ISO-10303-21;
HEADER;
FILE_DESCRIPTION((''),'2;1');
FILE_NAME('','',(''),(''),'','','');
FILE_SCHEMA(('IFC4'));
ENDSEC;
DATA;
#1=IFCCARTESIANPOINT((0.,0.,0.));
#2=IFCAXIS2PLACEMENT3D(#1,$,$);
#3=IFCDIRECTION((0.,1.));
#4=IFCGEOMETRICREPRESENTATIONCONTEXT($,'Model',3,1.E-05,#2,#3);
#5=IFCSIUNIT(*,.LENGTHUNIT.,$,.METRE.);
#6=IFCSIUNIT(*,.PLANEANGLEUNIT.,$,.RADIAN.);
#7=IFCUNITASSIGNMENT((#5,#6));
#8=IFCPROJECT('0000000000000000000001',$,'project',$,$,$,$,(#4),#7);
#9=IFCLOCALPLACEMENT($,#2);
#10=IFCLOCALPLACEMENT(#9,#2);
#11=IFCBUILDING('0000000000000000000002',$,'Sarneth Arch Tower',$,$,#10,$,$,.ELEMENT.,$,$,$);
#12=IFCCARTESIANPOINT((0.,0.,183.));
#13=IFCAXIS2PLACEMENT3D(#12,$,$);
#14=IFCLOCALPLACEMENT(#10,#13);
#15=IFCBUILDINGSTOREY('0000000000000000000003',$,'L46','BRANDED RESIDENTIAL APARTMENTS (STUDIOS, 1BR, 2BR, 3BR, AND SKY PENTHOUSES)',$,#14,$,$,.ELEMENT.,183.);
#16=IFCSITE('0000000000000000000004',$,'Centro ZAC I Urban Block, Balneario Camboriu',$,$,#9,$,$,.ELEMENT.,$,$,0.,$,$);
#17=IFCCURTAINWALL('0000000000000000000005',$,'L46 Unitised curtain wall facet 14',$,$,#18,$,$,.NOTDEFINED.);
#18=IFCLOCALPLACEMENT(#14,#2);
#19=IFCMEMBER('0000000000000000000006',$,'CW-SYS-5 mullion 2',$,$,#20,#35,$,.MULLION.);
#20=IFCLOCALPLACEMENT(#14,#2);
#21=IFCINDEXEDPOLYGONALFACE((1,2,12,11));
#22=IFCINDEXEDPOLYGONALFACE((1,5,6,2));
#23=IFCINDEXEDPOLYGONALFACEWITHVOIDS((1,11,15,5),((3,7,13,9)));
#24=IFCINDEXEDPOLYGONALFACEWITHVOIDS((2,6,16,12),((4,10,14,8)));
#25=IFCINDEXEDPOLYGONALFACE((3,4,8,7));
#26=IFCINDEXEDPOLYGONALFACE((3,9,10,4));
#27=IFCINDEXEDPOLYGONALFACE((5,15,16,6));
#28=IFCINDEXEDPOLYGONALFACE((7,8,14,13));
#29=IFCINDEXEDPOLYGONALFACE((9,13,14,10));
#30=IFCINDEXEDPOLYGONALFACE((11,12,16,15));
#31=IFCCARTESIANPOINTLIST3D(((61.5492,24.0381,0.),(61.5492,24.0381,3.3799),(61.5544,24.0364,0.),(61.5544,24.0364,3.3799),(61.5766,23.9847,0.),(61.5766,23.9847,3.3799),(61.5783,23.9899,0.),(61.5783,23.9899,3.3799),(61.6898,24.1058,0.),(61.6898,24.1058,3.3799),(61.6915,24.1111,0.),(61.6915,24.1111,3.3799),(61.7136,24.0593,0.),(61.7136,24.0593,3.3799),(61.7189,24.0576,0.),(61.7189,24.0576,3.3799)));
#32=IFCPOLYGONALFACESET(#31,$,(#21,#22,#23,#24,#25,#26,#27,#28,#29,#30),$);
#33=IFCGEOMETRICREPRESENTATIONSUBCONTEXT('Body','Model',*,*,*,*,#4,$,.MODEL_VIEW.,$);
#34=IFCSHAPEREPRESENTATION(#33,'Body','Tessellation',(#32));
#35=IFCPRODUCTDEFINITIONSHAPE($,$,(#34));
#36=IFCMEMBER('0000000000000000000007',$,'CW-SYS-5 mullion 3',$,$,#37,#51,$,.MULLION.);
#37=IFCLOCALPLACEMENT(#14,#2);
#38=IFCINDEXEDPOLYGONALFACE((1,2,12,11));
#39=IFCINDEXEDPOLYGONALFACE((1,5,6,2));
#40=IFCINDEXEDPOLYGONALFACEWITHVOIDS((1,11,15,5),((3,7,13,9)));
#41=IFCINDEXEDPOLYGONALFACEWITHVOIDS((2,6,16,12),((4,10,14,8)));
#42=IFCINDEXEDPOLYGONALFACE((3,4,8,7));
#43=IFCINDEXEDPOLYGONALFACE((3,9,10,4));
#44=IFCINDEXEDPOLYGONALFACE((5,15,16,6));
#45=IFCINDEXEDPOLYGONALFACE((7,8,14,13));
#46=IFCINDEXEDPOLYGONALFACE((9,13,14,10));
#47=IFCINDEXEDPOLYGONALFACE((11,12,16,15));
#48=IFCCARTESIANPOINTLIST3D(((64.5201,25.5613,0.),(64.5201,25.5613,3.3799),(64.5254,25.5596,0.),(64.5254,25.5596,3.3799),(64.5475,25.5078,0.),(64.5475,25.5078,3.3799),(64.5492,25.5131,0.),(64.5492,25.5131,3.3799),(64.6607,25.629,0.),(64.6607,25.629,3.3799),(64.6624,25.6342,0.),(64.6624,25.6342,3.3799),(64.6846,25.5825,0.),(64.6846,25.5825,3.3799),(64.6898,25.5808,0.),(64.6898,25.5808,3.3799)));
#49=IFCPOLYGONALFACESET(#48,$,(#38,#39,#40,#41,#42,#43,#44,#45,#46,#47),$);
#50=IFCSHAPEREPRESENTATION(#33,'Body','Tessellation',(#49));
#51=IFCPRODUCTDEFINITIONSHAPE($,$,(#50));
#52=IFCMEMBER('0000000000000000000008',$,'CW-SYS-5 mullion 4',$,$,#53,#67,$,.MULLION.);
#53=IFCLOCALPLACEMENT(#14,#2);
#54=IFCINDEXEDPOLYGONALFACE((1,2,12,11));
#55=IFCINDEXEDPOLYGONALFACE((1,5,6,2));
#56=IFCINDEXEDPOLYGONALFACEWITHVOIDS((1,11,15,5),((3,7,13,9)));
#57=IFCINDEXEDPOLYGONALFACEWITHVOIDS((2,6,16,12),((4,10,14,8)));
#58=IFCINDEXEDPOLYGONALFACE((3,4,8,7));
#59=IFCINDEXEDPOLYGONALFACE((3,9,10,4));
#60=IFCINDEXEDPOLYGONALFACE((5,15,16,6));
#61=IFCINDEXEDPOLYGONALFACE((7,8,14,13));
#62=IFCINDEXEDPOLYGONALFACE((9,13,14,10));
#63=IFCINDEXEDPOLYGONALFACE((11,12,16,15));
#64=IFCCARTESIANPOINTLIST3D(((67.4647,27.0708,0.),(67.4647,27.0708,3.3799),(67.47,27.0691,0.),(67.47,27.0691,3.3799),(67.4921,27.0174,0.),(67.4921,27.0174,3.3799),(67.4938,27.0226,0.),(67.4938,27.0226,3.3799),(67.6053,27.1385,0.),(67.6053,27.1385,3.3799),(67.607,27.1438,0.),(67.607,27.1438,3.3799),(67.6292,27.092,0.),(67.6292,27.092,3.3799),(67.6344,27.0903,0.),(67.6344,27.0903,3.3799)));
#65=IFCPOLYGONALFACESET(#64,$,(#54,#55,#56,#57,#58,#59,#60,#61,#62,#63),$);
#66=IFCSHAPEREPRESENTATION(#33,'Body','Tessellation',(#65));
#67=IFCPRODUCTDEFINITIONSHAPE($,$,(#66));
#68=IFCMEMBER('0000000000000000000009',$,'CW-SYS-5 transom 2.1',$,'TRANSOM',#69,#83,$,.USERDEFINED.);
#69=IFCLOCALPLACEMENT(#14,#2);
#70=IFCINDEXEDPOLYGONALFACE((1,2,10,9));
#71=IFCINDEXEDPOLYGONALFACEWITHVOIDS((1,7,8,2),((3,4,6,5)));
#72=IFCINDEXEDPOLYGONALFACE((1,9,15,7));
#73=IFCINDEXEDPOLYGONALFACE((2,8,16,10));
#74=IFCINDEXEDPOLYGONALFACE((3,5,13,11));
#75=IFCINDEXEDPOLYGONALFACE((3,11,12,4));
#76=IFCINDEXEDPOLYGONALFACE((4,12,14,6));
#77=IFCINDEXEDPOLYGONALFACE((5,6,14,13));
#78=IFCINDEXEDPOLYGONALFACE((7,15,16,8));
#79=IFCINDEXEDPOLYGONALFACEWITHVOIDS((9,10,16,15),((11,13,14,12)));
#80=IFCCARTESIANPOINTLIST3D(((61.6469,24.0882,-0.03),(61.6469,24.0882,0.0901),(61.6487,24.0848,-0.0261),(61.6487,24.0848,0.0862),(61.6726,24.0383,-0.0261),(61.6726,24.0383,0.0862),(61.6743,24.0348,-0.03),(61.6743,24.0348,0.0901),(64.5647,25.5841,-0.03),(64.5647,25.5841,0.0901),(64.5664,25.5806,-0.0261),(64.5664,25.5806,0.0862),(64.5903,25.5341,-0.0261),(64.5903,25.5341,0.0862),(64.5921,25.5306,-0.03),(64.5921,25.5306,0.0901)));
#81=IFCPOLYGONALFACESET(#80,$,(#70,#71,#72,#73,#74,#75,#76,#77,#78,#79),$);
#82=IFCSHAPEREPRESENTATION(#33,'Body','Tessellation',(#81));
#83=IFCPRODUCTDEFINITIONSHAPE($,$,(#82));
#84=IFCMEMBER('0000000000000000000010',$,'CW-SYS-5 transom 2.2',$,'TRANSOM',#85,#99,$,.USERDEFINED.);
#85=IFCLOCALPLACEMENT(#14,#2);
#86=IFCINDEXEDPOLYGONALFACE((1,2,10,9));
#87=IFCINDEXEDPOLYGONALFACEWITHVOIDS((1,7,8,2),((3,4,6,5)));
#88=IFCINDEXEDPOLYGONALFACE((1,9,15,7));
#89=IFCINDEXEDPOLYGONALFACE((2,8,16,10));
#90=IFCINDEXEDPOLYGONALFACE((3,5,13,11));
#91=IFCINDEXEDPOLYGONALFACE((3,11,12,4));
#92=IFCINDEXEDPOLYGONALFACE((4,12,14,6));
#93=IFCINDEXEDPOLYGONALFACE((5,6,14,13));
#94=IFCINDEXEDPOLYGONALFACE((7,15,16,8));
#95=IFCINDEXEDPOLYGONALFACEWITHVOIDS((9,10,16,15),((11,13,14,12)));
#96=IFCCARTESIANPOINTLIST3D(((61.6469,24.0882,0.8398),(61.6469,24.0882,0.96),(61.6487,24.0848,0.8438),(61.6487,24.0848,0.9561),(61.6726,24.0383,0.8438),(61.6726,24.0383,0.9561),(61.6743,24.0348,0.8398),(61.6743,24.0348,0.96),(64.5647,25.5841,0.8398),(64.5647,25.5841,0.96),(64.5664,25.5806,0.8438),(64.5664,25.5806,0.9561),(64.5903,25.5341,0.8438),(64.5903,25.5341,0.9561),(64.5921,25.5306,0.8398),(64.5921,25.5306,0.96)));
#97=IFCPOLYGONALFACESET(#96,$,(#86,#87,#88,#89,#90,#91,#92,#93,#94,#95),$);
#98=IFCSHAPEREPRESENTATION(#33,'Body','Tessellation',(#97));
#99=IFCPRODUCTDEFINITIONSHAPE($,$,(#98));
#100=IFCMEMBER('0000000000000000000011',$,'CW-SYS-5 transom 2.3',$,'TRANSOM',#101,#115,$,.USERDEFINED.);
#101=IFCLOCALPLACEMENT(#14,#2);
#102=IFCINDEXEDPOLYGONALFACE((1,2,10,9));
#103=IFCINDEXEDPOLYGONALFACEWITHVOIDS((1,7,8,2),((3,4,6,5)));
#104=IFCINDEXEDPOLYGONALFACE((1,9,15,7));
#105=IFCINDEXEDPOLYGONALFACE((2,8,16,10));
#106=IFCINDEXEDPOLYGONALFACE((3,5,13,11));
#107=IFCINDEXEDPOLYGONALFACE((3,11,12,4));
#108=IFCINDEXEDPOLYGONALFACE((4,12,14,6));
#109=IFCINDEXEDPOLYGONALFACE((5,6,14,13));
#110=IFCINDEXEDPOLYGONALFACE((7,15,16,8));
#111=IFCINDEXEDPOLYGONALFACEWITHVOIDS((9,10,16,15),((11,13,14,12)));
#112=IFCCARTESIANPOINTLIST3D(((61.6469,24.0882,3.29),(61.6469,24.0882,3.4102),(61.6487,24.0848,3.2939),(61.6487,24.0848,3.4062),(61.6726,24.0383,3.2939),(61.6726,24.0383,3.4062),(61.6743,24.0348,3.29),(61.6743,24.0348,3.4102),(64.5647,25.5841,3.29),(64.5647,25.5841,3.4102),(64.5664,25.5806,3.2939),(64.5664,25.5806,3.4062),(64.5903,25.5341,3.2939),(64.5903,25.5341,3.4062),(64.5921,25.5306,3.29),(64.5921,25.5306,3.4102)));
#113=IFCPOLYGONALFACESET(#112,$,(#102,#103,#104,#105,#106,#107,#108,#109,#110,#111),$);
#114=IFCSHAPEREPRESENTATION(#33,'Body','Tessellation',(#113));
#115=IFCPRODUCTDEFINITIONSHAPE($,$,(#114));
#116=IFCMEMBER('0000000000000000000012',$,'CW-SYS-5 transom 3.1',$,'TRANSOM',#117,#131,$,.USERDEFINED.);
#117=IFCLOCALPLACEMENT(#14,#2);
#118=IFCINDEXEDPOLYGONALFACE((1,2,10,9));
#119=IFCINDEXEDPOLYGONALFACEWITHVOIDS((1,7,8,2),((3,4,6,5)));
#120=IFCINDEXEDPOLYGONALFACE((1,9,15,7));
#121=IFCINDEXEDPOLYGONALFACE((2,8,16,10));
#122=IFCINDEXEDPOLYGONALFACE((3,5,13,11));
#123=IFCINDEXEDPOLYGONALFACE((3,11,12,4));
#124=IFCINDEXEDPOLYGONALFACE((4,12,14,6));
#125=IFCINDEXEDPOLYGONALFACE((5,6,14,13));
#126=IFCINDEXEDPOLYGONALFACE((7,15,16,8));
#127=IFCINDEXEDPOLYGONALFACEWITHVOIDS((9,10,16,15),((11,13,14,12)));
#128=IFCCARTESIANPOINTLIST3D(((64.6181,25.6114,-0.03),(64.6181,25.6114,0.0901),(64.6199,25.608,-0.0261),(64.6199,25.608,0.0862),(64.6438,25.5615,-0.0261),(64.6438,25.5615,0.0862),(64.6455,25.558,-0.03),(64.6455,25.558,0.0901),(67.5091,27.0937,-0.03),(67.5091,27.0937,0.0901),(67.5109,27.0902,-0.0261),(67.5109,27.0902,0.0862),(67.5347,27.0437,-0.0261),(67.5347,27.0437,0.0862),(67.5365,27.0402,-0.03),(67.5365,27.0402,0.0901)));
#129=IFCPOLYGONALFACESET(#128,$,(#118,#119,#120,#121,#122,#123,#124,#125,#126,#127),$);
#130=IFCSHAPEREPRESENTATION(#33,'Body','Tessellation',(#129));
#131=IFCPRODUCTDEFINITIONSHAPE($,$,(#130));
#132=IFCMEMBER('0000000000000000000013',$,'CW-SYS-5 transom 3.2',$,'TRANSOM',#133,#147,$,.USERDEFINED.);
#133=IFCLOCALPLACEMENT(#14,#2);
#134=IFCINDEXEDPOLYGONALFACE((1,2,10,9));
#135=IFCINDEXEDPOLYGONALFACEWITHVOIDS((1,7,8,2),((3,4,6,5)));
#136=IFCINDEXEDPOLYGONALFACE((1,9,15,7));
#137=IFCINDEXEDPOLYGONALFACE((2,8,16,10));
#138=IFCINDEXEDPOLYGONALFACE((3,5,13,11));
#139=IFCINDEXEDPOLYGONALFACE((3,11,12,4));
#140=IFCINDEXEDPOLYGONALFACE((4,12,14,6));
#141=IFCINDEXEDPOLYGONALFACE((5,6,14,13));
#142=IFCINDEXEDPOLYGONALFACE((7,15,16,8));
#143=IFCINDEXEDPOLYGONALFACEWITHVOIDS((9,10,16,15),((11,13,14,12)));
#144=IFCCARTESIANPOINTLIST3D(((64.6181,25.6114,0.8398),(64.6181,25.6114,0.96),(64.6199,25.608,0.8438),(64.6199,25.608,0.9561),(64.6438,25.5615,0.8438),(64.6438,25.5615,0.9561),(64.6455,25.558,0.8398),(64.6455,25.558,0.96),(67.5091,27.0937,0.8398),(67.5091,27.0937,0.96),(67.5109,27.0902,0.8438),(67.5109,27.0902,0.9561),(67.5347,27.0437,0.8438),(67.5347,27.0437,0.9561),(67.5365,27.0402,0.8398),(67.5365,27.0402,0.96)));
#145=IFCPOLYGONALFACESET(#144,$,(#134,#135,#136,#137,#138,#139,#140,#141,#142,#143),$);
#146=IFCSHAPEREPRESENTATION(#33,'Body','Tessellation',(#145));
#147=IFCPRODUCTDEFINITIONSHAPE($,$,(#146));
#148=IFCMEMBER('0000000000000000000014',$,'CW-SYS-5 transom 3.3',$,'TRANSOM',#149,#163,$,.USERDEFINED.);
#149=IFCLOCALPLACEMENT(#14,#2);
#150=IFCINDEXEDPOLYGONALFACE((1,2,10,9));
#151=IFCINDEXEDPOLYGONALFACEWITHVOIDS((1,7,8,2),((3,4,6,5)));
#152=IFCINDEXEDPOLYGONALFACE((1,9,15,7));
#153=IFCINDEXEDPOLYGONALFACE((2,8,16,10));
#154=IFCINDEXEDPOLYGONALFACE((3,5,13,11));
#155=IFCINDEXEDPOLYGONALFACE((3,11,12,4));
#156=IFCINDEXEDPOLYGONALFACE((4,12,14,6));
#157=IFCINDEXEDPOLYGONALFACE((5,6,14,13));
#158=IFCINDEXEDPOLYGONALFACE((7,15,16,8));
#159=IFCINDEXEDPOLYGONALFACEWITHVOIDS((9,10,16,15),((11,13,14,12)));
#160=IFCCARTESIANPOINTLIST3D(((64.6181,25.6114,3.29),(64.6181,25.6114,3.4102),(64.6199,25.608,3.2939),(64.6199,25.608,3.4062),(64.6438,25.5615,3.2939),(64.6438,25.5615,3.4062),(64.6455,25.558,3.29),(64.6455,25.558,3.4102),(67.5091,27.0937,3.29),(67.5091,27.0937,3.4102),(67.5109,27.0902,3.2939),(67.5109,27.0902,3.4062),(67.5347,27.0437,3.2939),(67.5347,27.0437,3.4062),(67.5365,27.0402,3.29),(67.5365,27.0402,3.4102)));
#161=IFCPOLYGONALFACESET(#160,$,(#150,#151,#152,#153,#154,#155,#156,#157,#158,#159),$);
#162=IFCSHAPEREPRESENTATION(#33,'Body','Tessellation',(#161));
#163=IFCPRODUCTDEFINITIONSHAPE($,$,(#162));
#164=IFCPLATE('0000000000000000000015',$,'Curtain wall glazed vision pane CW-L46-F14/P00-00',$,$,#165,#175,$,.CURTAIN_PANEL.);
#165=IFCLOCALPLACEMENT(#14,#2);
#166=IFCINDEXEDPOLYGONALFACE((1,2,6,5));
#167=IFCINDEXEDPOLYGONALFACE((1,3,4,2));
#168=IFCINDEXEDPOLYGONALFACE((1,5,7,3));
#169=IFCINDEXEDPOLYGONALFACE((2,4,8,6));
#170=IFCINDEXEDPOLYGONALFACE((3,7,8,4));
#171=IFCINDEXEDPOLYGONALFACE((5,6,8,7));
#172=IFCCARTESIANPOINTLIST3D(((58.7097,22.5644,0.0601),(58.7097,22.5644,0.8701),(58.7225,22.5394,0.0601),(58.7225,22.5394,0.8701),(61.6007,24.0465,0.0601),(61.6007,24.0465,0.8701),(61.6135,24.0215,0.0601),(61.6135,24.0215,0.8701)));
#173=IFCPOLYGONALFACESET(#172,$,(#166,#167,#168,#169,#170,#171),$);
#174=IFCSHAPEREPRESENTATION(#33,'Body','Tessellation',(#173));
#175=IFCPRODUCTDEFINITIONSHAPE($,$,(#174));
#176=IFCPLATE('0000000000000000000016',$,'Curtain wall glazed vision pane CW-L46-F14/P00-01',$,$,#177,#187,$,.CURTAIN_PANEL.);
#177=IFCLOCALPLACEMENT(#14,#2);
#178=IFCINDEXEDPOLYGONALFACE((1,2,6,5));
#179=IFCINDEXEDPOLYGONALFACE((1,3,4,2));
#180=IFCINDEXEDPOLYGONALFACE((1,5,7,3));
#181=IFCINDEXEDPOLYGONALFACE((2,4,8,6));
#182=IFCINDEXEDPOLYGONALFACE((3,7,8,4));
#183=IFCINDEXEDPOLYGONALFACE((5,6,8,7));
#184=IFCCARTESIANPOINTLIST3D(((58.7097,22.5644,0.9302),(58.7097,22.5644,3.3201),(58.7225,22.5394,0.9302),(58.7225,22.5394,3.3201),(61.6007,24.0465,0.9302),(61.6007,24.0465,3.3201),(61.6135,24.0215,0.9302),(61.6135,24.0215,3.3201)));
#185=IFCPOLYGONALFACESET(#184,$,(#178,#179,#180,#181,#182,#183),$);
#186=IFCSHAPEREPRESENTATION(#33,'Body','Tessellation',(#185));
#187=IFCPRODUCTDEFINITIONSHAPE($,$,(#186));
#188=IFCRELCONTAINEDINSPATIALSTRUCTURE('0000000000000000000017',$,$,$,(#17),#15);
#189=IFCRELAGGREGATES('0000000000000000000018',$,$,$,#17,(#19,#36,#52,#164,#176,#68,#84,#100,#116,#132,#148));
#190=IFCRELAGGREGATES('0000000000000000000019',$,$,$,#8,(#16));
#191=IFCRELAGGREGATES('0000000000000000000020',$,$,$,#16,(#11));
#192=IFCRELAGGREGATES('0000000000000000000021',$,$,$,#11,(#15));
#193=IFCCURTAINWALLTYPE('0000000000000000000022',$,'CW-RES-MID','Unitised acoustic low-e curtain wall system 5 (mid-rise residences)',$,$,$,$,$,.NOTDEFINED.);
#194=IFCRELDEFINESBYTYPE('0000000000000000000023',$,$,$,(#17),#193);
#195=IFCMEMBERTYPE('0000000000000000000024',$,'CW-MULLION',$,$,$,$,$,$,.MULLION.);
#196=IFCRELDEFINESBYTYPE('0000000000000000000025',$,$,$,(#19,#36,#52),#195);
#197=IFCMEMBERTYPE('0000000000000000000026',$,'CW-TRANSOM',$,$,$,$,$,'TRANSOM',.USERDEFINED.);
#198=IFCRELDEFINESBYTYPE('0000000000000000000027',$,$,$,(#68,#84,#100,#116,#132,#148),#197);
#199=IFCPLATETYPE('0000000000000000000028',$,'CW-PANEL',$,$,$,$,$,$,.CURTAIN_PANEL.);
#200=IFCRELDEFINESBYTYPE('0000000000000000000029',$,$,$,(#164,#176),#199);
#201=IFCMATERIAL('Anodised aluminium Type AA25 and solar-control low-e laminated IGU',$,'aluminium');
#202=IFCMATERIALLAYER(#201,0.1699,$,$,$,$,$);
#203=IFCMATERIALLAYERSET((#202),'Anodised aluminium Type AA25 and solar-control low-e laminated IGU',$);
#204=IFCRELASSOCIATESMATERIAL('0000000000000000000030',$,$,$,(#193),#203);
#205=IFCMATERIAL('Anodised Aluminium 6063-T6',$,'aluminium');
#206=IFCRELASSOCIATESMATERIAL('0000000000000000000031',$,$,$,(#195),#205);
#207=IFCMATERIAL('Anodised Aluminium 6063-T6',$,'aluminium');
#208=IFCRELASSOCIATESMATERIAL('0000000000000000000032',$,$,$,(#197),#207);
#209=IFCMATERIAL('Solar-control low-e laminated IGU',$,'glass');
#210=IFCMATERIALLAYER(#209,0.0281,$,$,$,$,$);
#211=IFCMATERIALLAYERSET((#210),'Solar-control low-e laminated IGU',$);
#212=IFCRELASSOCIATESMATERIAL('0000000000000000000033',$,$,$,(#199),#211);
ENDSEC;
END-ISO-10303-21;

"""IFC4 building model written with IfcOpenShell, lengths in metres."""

from ifc_helpers import new_model, si_unit, direction, frame, origin, origin_2d, place, context, subcontext, project, spatial, rectangle, hollow_rectangle, extrude, material, layer, layer_set, material_profile, profile_set, type_object, element, aggregate, save


model = new_model("IFC4")

# Units and contexts
model_context = context("Model", 3, precision=1e-05, world=origin(), true_north=direction((0.0, 1.0)))
body_context = subcontext(model_context, "Body", "Model", "MODEL_VIEW")
ifc_project = project(units=[si_unit("LENGTHUNIT", "METRE"), si_unit("PLANEANGLEUNIT", "RADIAN")], contexts=[model_context])

# Site, building, storey
site_placement = place(None, origin())
site = spatial("IfcSite", under=ifc_project, at=site_placement, Name="Centro ZAC I Urban Block, Balneario Camboriu", CompositionType="ELEMENT", RefElevation=0.0)
building_placement = place(site_placement, origin())
building = spatial("IfcBuilding", under=site, at=building_placement, Name="Sarneth Arch Tower", CompositionType="ELEMENT")
storey_placement = place(building_placement, frame((0.0, 0.0, 183.0)))
storey = spatial("IfcBuildingStorey", under=building, at=storey_placement, Name="L46", Description="BRANDED RESIDENTIAL APARTMENTS (STUDIOS, 1BR, 2BR, 3BR, AND SKY PENTHOUSES)", CompositionType="ELEMENT", Elevation=183.0)

# Curtain wall, members, plates
ifc_material_1 = material(Name="Anodised aluminium Type AA25 and solar-control low-e laminated IGU", Category="aluminium")
ifc_layer_1 = layer(ifc_material_1, 0.1699)
ifc_layer_set_1 = layer_set([ifc_layer_1], Name="Anodised aluminium Type AA25 and solar-control low-e laminated IGU")
curtain_wall_type = type_object("IfcCurtainWallType", Name="CW-RES-MID", Description="Unitised acoustic low-e curtain wall system 5 (mid-rise residences)", PredefinedType="NOTDEFINED", material=ifc_layer_set_1)
curtain_wall_placement = place(storey_placement, origin())
curtain_wall = element("IfcCurtainWall", 1, at=curtain_wall_placement, inside=storey, type_object=curtain_wall_type, Name="L46 Unitised curtain wall facet 14", PredefinedType="NOTDEFINED")
ifc_material_2 = material(Name="Anodised Aluminium 6063-T6", Category="aluminium")
ifc_material_profile_1 = material_profile(ifc_material_2, hollow_rectangle(XDim=0.0601, YDim=0.1599, WallThickness=0.0039, at=origin_2d()), Name="AL-MULL-160x60x4")
ifc_profile_set_1 = profile_set([ifc_material_profile_1], Name="Anodised Aluminium 6063-T6")
member_type_1 = type_object("IfcMemberType", Name="CW-MULLION", PredefinedType="MULLION", material=ifc_profile_set_1)
member_1_placement = place(storey_placement, frame((61.634, 24.0479, 0.0), z_axis=(0.0, 0.0, 1.0), x_axis=(-0.456208, 0.889873, 0.0)))
member_1 = element("IfcMember", 2, at=member_1_placement, type_object=member_type_1, Name="CW-SYS-5 mullion 2", PredefinedType="MULLION", context=body_context, shape_type="SweptSolid", body=[
    extrude(hollow_rectangle(XDim=0.0601, YDim=0.1599, WallThickness=0.0039, at=origin_2d()), origin(), (0.0, 0.0, 1.0), 3.3799),
])
member_2_placement = place(storey_placement, frame((64.605, 25.571, 0.0), z_axis=(0.0, 0.0, 1.0), x_axis=(-0.456208, 0.889873, 0.0)))
member_2 = element("IfcMember", 3, at=member_2_placement, type_object=member_type_1, Name="CW-SYS-5 mullion 3", PredefinedType="MULLION", context=body_context, shape_type="SweptSolid", body=[
    extrude(hollow_rectangle(XDim=0.0601, YDim=0.1599, WallThickness=0.0039, at=origin_2d()), origin(), (0.0, 0.0, 1.0), 3.3799),
])
member_3_placement = place(storey_placement, frame((67.5496, 27.0806, 0.0), z_axis=(0.0, 0.0, 1.0), x_axis=(-0.456208, 0.889873, 0.0)))
member_3 = element("IfcMember", 4, at=member_3_placement, type_object=member_type_1, Name="CW-SYS-5 mullion 4", PredefinedType="MULLION", context=body_context, shape_type="SweptSolid", body=[
    extrude(hollow_rectangle(XDim=0.0601, YDim=0.1599, WallThickness=0.0039, at=origin_2d()), origin(), (0.0, 0.0, 1.0), 3.3799),
])
ifc_material_3 = material(Name="Anodised Aluminium 6063-T6", Category="aluminium")
ifc_material_profile_2 = material_profile(ifc_material_3, hollow_rectangle(XDim=0.0601, YDim=0.1201, WallThickness=0.0039, at=origin_2d()), Name="AL-TRAN-120x60x4")
ifc_profile_set_2 = profile_set([ifc_material_profile_2], Name="Anodised Aluminium 6063-T6")
member_type_2 = type_object("IfcMemberType", Name="CW-TRANSOM", ElementType="TRANSOM", PredefinedType="USERDEFINED", material=ifc_profile_set_2)
member_4_placement = place(storey_placement, frame((61.6606, 24.0615, 0.03), z_axis=(0.889869, 0.456215, 0.0), x_axis=(-0.456215, 0.889869, 0.0)))
member_4 = element("IfcMember", 5, at=member_4_placement, type_object=member_type_2, Name="CW-SYS-5 transom 2.1", ObjectType="TRANSOM", PredefinedType="USERDEFINED", context=body_context, shape_type="SweptSolid", body=[
    extrude(hollow_rectangle(XDim=0.0601, YDim=0.1201, WallThickness=0.0039, at=origin_2d()), origin(), (0.0, 0.0, 1.0), 3.2788),
])
member_5_placement = place(storey_placement, frame((61.6606, 24.0615, 0.8999), z_axis=(0.889869, 0.456215, 0.0), x_axis=(-0.456215, 0.889869, 0.0)))
member_5 = element("IfcMember", 6, at=member_5_placement, type_object=member_type_2, Name="CW-SYS-5 transom 2.2", ObjectType="TRANSOM", PredefinedType="USERDEFINED", context=body_context, shape_type="SweptSolid", body=[
    extrude(hollow_rectangle(XDim=0.0601, YDim=0.1201, WallThickness=0.0039, at=origin_2d()), origin(), (0.0, 0.0, 1.0), 3.2788),
])
member_6_placement = place(storey_placement, frame((61.6606, 24.0615, 3.3501), z_axis=(0.889869, 0.456215, 0.0), x_axis=(-0.456215, 0.889869, 0.0)))
member_6 = element("IfcMember", 7, at=member_6_placement, type_object=member_type_2, Name="CW-SYS-5 transom 2.3", ObjectType="TRANSOM", PredefinedType="USERDEFINED", context=body_context, shape_type="SweptSolid", body=[
    extrude(hollow_rectangle(XDim=0.0601, YDim=0.1201, WallThickness=0.0039, at=origin_2d()), origin(), (0.0, 0.0, 1.0), 3.2788),
])
member_7_placement = place(storey_placement, frame((64.6318, 25.5847, 0.03), z_axis=(0.889857, 0.456239, 0.0), x_axis=(-0.456239, 0.889857, 0.0)))
member_7 = element("IfcMember", 8, at=member_7_placement, type_object=member_type_2, Name="CW-SYS-5 transom 3.1", ObjectType="TRANSOM", PredefinedType="USERDEFINED", context=body_context, shape_type="SweptSolid", body=[
    extrude(hollow_rectangle(XDim=0.0601, YDim=0.1201, WallThickness=0.0039, at=origin_2d()), origin(), (0.0, 0.0, 1.0), 3.2488),
])
member_8_placement = place(storey_placement, frame((64.6318, 25.5847, 0.8999), z_axis=(0.889857, 0.456239, 0.0), x_axis=(-0.456239, 0.889857, 0.0)))
member_8 = element("IfcMember", 9, at=member_8_placement, type_object=member_type_2, Name="CW-SYS-5 transom 3.2", ObjectType="TRANSOM", PredefinedType="USERDEFINED", context=body_context, shape_type="SweptSolid", body=[
    extrude(hollow_rectangle(XDim=0.0601, YDim=0.1201, WallThickness=0.0039, at=origin_2d()), origin(), (0.0, 0.0, 1.0), 3.2488),
])
member_9_placement = place(storey_placement, frame((64.6318, 25.5847, 3.3501), z_axis=(0.889857, 0.456239, 0.0), x_axis=(-0.456239, 0.889857, 0.0)))
member_9 = element("IfcMember", 10, at=member_9_placement, type_object=member_type_2, Name="CW-SYS-5 transom 3.3", ObjectType="TRANSOM", PredefinedType="USERDEFINED", context=body_context, shape_type="SweptSolid", body=[
    extrude(hollow_rectangle(XDim=0.0601, YDim=0.1201, WallThickness=0.0039, at=origin_2d()), origin(), (0.0, 0.0, 1.0), 3.2488),
])
ifc_material_4 = material(Name="Solar-control low-e laminated IGU", Category="glass")
ifc_layer_2 = layer(ifc_material_4, 0.0281)
ifc_layer_set_2 = layer_set([ifc_layer_2], Name="Solar-control low-e laminated IGU")
plate_type_1 = type_object("IfcPlateType", Name="CW-PANEL", PredefinedType="CURTAIN_PANEL", material=ifc_layer_set_2)
plate_1_placement = place(storey_placement, frame((60.1616, 23.293, 0.0601), z_axis=(0.0, 0.0, 1.0), x_axis=(0.889873, 0.456208, 0.0)))
plate_1 = element("IfcPlate", 11, at=plate_1_placement, type_object=plate_type_1, Name="Curtain wall glazed vision pane CW-L46-F14/P00-00", PredefinedType="CURTAIN_PANEL", context=body_context, shape_type="SweptSolid", body=[
    extrude(rectangle(XDim=3.2488, YDim=0.0281, at=origin_2d()), origin(), (0.0, 0.0, 1.0), 0.8101),
])
plate_2_placement = place(storey_placement, frame((60.1616, 23.293, 0.9302), z_axis=(0.0, 0.0, 1.0), x_axis=(0.889873, 0.456208, 0.0)))
plate_2 = element("IfcPlate", 12, at=plate_2_placement, type_object=plate_type_1, Name="Curtain wall glazed vision pane CW-L46-F14/P00-01", PredefinedType="CURTAIN_PANEL", context=body_context, shape_type="SweptSolid", body=[
    extrude(rectangle(XDim=3.2488, YDim=0.0281, at=origin_2d()), origin(), (0.0, 0.0, 1.0), 2.3899),
])
aggregate(curtain_wall, [member_1, member_2, member_3, plate_1, plate_2, member_4, member_5, member_6, member_7, member_8, member_9])

save(model, "model.ifc")
